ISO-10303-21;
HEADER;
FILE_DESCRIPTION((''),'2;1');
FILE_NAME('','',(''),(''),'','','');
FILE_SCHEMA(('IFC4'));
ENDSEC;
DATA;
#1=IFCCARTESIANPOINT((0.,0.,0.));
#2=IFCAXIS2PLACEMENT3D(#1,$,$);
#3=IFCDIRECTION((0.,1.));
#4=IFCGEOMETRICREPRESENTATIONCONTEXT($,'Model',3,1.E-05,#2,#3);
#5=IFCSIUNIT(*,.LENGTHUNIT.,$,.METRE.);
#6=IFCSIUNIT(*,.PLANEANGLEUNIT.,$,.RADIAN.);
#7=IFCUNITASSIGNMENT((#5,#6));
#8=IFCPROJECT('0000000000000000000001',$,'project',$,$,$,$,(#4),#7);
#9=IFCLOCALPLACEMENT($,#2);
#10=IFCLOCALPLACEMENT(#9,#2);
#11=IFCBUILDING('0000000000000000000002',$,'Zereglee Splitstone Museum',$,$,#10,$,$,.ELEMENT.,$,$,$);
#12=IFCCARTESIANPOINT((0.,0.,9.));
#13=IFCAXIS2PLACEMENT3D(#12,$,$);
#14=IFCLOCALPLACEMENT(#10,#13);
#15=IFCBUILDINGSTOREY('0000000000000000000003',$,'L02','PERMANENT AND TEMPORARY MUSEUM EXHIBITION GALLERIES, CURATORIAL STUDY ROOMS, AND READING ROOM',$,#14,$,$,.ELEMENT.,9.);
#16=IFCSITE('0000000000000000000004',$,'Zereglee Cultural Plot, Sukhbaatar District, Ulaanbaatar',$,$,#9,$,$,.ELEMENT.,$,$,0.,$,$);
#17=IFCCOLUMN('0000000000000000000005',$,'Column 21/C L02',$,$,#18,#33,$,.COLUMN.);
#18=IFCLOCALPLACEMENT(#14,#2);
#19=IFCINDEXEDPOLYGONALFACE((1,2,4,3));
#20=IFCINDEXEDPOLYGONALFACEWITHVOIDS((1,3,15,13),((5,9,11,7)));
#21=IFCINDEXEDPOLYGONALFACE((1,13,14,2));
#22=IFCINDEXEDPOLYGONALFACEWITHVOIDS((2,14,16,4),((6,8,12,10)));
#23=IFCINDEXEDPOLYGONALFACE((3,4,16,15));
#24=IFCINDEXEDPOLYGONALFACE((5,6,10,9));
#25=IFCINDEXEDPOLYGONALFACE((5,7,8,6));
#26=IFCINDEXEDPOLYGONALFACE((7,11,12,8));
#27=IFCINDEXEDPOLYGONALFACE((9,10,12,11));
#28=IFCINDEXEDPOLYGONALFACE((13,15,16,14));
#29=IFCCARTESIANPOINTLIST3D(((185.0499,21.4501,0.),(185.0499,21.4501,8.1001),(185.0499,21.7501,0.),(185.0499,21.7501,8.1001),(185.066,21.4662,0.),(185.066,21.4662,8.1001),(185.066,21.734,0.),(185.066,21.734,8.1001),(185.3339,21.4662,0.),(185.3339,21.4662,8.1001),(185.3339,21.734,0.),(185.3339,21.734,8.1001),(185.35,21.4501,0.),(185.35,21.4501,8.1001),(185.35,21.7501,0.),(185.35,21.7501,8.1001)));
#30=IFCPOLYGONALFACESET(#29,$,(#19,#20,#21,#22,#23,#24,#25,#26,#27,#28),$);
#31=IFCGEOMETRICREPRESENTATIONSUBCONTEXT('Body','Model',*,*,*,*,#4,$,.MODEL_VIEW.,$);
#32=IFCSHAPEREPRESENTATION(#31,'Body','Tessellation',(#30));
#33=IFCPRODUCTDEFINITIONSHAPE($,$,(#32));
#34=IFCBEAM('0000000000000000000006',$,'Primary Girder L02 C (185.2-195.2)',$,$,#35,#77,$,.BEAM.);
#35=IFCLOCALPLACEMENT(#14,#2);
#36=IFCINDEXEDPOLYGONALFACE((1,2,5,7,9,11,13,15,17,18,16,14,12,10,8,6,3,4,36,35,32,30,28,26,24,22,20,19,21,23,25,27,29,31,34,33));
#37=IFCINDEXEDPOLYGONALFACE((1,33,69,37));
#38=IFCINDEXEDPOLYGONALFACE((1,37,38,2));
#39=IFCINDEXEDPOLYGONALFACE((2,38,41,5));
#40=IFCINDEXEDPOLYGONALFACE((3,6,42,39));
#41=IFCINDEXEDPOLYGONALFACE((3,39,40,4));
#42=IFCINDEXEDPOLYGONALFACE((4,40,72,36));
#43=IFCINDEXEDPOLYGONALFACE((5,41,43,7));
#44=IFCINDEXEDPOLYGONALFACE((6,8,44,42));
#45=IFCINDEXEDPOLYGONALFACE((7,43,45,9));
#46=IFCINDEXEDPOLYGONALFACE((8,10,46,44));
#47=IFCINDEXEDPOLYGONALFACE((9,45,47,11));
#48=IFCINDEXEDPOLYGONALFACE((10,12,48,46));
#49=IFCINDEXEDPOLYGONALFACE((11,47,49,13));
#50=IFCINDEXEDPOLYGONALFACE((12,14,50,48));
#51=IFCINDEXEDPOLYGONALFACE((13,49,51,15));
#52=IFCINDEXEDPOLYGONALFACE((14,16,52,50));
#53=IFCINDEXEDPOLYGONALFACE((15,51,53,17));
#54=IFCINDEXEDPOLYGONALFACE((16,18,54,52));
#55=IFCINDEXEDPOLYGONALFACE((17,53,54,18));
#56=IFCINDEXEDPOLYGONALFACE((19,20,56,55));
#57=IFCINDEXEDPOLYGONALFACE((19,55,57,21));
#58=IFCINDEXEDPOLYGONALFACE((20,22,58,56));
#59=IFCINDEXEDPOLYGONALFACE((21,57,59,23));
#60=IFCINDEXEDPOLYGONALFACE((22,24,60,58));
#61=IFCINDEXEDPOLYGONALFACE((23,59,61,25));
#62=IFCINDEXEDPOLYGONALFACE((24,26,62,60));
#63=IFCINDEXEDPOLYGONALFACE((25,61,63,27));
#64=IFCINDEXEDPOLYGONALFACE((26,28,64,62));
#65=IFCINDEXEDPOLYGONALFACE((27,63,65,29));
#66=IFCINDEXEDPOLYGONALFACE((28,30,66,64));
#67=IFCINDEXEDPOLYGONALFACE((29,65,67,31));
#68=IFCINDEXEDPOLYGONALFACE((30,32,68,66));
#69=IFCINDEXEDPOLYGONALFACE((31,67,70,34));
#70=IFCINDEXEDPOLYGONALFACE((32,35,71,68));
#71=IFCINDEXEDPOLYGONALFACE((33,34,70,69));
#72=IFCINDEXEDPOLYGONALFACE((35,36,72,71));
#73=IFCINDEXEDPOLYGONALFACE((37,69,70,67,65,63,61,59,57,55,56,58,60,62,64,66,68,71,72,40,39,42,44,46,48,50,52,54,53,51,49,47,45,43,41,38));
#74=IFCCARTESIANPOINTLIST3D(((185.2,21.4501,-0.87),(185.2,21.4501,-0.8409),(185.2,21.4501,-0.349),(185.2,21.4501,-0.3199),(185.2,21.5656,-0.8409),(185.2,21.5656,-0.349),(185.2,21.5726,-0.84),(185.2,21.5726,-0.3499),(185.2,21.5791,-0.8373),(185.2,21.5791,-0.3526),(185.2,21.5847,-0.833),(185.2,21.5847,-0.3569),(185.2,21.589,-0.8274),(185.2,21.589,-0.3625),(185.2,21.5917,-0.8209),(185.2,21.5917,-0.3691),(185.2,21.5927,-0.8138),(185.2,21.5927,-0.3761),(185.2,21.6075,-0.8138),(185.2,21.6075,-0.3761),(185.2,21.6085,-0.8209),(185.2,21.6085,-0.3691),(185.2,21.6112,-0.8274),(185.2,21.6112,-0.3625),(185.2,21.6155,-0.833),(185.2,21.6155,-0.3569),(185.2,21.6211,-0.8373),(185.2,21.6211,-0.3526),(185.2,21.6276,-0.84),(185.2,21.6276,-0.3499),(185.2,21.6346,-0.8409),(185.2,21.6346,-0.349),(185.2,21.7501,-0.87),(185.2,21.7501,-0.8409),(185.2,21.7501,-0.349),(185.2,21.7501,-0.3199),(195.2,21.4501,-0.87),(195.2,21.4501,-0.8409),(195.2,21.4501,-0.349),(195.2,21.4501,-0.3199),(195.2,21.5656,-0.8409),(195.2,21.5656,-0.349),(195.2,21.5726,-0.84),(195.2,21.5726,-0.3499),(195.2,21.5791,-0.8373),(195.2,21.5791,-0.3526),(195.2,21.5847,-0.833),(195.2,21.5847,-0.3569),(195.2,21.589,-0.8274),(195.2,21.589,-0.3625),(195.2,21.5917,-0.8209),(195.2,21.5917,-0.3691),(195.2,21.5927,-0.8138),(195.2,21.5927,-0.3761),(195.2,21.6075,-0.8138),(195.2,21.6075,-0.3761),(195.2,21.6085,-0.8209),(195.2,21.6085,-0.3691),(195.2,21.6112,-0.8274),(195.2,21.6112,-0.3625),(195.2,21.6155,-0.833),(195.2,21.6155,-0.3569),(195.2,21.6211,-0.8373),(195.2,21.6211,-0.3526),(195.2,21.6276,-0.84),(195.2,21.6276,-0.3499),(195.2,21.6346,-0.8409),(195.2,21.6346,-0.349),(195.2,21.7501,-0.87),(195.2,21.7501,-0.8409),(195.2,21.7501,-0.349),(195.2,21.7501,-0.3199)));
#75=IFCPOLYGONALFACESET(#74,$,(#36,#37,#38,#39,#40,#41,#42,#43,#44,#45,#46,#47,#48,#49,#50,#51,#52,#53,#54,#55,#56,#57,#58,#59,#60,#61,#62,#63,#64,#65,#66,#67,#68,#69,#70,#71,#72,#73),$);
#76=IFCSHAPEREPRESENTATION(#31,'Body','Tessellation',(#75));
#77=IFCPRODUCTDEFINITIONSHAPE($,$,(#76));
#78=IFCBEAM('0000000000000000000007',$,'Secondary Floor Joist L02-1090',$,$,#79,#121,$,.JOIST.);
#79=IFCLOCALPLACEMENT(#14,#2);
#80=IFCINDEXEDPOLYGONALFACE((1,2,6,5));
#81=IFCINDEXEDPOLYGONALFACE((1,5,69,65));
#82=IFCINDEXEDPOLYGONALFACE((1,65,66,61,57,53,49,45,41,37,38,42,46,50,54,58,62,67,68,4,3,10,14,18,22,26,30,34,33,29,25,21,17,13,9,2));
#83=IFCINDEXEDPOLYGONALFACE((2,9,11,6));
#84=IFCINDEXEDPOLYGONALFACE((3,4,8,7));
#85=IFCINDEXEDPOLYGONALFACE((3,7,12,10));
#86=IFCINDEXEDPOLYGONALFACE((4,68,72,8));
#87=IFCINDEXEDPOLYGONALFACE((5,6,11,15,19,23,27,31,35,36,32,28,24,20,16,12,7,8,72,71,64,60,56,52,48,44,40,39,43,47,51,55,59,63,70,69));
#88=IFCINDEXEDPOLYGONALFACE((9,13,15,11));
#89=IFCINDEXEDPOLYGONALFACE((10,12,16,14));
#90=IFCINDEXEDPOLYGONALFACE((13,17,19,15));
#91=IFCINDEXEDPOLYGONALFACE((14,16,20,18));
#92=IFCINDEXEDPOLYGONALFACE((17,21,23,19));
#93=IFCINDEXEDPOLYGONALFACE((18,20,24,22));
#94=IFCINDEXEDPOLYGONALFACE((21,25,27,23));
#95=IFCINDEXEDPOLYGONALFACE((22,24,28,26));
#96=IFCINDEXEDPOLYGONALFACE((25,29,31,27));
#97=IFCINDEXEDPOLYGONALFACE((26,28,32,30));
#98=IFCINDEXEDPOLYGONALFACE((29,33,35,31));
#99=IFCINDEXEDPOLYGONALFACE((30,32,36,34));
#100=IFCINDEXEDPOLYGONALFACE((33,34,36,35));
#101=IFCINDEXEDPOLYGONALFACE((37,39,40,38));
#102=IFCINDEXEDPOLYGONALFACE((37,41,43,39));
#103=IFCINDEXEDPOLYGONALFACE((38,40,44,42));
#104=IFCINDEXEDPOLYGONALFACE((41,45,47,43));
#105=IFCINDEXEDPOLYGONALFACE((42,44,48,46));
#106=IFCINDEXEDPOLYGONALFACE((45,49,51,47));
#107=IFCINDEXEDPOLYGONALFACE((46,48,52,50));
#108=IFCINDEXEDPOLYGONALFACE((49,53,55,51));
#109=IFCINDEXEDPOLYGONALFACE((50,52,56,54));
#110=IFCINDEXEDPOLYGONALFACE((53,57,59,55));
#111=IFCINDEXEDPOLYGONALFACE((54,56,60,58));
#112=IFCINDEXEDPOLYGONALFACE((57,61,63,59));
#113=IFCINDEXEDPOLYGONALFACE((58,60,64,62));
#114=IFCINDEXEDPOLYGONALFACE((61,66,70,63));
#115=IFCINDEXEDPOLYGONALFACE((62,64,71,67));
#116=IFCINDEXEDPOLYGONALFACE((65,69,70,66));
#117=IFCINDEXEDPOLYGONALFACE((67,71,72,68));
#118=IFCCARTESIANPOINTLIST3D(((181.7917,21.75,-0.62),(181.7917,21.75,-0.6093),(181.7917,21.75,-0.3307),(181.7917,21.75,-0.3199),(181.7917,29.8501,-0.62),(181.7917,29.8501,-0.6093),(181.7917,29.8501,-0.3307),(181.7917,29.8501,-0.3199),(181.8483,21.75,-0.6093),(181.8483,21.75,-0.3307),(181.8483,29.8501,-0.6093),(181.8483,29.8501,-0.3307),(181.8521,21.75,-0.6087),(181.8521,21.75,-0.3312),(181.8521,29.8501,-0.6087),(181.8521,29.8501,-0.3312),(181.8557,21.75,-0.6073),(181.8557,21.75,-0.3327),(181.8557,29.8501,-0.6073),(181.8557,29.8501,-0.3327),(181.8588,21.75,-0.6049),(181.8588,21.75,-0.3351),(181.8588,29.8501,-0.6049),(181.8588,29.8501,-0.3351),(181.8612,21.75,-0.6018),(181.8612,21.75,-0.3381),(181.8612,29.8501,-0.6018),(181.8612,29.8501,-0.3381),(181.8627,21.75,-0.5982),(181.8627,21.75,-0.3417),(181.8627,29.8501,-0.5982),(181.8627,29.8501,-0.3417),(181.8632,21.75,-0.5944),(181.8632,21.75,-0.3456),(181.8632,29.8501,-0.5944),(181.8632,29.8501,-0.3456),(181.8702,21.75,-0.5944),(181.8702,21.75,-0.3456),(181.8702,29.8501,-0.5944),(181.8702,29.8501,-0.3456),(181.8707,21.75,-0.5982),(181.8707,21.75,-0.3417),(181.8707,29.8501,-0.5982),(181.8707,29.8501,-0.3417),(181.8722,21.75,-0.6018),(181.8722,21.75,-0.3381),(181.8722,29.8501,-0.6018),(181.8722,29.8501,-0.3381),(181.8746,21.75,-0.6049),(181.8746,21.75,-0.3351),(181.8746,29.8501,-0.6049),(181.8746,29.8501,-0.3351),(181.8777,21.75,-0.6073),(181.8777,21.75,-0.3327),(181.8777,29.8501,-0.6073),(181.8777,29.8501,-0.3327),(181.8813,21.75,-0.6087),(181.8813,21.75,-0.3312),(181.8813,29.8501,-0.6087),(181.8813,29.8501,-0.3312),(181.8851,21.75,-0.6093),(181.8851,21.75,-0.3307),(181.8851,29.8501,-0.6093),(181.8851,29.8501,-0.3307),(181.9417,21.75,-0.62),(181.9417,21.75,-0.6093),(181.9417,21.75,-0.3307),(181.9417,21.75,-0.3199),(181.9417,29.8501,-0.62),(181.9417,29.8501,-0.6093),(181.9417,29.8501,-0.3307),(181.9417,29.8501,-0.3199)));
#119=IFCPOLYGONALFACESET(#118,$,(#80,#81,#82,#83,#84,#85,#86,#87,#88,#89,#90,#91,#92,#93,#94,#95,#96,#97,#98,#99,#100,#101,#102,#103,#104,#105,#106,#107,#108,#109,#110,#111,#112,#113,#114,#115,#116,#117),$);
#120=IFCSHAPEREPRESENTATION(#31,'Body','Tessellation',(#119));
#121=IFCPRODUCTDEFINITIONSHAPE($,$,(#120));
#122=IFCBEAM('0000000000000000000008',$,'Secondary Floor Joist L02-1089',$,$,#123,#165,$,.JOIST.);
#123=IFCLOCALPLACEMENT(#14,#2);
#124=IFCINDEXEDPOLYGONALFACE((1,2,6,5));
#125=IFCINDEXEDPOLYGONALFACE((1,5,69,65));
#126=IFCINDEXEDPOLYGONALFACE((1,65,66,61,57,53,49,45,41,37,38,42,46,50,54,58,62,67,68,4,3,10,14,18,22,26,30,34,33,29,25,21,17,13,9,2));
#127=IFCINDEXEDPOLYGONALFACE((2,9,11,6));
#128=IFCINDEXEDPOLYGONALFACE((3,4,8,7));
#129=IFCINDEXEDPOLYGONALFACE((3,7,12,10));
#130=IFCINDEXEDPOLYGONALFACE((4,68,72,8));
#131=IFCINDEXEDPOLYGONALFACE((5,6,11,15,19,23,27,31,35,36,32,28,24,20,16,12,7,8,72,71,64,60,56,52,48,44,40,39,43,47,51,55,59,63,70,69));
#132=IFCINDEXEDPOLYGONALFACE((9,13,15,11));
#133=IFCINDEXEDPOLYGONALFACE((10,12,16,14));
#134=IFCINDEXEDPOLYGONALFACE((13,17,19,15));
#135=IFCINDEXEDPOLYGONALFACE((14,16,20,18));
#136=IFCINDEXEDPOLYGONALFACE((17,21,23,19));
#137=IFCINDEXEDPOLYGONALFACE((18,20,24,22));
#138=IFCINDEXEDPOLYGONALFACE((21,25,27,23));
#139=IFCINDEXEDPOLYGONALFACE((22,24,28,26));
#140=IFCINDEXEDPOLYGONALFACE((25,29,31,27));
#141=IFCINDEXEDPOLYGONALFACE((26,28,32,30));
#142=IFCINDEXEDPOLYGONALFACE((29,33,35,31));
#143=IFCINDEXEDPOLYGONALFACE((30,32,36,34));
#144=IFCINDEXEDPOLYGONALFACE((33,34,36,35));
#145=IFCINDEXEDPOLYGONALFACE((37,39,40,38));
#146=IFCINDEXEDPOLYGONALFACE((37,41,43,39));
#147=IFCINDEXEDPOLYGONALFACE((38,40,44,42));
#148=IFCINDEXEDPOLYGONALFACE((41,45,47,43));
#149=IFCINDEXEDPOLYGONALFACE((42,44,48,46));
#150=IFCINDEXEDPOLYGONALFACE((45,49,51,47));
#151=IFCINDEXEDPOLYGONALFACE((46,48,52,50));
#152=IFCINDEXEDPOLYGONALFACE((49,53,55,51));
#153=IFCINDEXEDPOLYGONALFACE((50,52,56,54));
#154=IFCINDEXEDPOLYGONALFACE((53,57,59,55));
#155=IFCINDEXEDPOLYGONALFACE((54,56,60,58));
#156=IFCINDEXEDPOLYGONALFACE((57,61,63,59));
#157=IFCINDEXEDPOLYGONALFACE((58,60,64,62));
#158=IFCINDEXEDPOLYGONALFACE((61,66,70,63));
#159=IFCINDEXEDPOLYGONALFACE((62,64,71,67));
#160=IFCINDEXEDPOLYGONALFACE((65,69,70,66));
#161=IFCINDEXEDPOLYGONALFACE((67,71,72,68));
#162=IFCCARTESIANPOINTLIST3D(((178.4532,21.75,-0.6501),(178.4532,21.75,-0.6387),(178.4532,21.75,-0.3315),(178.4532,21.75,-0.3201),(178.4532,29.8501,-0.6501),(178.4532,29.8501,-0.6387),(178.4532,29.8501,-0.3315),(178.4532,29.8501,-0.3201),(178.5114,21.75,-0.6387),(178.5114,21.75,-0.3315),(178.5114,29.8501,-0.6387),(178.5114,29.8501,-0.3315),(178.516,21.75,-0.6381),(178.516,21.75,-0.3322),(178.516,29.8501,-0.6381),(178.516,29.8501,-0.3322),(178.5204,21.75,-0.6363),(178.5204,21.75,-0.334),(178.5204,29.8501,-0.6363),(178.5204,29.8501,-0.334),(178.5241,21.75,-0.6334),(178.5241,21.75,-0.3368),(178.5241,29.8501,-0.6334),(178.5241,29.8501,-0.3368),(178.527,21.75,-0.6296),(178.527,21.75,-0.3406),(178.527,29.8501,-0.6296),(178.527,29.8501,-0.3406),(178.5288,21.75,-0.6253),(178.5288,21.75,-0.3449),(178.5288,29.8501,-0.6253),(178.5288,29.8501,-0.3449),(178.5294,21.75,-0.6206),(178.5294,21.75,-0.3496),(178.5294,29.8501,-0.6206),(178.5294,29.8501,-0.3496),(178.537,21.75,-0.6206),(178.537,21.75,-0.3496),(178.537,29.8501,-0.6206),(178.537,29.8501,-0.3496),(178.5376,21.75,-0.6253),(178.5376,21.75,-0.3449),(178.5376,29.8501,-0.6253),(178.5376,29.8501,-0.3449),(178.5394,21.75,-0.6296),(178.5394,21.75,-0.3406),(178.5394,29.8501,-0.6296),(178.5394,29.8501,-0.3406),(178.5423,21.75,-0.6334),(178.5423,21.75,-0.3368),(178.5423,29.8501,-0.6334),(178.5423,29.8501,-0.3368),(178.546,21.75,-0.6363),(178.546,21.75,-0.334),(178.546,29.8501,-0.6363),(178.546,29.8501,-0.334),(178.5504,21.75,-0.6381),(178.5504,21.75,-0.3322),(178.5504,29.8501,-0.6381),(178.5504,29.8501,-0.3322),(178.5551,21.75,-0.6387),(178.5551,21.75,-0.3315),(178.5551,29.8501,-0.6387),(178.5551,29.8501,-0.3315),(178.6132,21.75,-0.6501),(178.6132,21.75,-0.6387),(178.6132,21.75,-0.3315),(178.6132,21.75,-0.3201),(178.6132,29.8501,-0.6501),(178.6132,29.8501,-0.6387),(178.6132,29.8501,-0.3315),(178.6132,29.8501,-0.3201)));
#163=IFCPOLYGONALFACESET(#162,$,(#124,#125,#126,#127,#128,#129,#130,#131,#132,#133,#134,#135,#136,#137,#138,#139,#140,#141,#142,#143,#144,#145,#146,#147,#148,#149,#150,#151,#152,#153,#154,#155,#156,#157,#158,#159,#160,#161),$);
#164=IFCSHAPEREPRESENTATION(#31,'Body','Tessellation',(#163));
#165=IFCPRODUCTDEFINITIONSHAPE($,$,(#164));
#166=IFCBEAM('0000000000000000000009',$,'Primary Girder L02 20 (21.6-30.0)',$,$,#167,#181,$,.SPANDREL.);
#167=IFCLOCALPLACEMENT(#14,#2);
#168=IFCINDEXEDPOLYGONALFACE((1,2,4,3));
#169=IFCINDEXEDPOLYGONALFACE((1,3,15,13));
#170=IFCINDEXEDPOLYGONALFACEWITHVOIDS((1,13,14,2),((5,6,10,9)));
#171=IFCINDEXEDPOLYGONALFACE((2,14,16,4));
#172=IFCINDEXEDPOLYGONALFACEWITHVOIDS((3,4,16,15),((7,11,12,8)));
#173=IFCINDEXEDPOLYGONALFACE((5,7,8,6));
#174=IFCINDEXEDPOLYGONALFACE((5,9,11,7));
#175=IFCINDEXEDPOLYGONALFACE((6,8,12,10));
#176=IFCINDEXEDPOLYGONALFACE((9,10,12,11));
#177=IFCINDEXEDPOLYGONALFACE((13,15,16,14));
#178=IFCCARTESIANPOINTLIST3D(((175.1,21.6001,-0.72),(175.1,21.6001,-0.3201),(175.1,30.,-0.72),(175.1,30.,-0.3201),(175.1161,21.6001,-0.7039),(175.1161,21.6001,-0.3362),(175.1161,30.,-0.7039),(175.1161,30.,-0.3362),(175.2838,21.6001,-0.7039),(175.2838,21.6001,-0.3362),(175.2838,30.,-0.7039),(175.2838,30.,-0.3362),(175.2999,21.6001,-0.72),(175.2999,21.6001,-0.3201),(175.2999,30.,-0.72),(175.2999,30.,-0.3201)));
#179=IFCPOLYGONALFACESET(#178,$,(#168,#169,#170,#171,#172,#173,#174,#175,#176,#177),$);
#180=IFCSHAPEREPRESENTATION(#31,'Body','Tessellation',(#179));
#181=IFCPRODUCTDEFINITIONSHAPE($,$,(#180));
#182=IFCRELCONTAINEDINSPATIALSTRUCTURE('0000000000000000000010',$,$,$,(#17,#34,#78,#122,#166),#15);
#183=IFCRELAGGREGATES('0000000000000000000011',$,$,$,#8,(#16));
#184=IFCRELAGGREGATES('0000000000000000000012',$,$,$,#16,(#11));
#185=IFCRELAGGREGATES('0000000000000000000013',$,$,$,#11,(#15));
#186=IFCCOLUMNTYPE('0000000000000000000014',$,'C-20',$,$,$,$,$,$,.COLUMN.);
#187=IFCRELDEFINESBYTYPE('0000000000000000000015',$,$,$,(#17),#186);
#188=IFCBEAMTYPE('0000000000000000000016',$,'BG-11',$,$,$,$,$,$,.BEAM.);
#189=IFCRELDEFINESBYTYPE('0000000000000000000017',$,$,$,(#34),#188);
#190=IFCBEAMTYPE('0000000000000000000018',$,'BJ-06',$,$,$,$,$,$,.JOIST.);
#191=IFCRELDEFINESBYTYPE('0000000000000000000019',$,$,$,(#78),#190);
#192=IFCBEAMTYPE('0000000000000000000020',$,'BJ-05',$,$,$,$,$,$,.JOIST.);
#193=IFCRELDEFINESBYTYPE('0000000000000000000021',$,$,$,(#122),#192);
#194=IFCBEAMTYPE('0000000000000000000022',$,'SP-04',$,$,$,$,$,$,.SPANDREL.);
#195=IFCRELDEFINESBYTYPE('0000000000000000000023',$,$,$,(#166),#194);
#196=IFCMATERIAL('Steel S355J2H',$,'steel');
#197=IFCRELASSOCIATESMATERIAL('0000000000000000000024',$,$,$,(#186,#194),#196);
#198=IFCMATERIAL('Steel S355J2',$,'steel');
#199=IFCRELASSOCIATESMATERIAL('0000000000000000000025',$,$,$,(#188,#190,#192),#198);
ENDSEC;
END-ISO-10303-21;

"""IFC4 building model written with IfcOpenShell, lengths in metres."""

from ifc_helpers import new_model, si_unit, direction, frame, origin, origin_2d, place, context, subcontext, project, spatial, hollow_rectangle, i_section, extrude, material, material_profile, profile_set, type_object, element, save


model = new_model("IFC4")

# Units and contexts
model_context = context("Model", 3, precision=1e-05, world=origin(), true_north=direction((0.0, 1.0)))
body_context = subcontext(model_context, "Body", "Model", "MODEL_VIEW")
ifc_project = project(units=[si_unit("LENGTHUNIT", "METRE"), si_unit("PLANEANGLEUNIT", "RADIAN")], contexts=[model_context])

# Site, building, storey
site_placement = place(None, origin())
site = spatial("IfcSite", under=ifc_project, at=site_placement, Name="Zereglee Cultural Plot, Sukhbaatar District, Ulaanbaatar", CompositionType="ELEMENT", RefElevation=0.0)
building_placement = place(site_placement, origin())
building = spatial("IfcBuilding", under=site, at=building_placement, Name="Zereglee Splitstone Museum", CompositionType="ELEMENT")
storey_placement = place(building_placement, frame((0.0, 0.0, 9.0)))
storey = spatial("IfcBuildingStorey", under=building, at=storey_placement, Name="L02", Description="PERMANENT AND TEMPORARY MUSEUM EXHIBITION GALLERIES, CURATORIAL STUDY ROOMS, AND READING ROOM", CompositionType="ELEMENT", Elevation=9.0)

# Column
ifc_material_1 = material(Name="Steel S355J2H", Category="steel")
ifc_material_profile_1 = material_profile(ifc_material_1, hollow_rectangle(XDim=0.3, YDim=0.3, WallThickness=0.0161, at=origin_2d()), Name="SHS 300x300x16")
ifc_profile_set_1 = profile_set([ifc_material_profile_1], Name="Steel S355J2H")
column_type = type_object("IfcColumnType", Name="C-20", PredefinedType="COLUMN", material=ifc_profile_set_1)
column_placement = place(storey_placement, frame((185.2, 21.6001, 0.0), z_axis=(0.0, 0.0, 1.0), x_axis=(1.0, 0.0, 0.0)))
element("IfcColumn", 1, at=column_placement, inside=storey, type_object=column_type, Name="Column 21/C L02", PredefinedType="COLUMN", context=body_context, shape_type="SweptSolid", body=[
    extrude(hollow_rectangle(XDim=0.3, YDim=0.3, WallThickness=0.0161, at=origin_2d()), origin(), (0.0, 0.0, 1.0), 8.1001),
])

# Beams
ifc_material_2 = material(Name="Steel S355J2", Category="steel")
ifc_material_profile_2 = material_profile(ifc_material_2, i_section(OverallWidth=0.3, OverallDepth=0.55, WebThickness=0.0149, FlangeThickness=0.0291, FilletRadius=0.0271, at=origin_2d()), Name="HE 550 B")
ifc_profile_set_2 = profile_set([ifc_material_profile_2], Name="Steel S355J2")
beam_type_1 = type_object("IfcBeamType", Name="BG-11", PredefinedType="BEAM", material=ifc_profile_set_2)
beam_1_placement = place(storey_placement, frame((185.2, 21.6001, -0.595), z_axis=(1.0, 0.0, 0.0), x_axis=(0.0, 1.0, 0.0)))
element("IfcBeam", 2, at=beam_1_placement, inside=storey, type_object=beam_type_1, Name="Primary Girder L02 C (185.2-195.2)", PredefinedType="BEAM", context=body_context, shape_type="SweptSolid", body=[
    extrude(i_section(OverallWidth=0.3, OverallDepth=0.55, WebThickness=0.0149, FlangeThickness=0.0291, FilletRadius=0.0271, at=origin_2d()), origin(), (0.0, 0.0, 1.0), 10.0),
])
ifc_material_profile_3 = material_profile(ifc_material_2, i_section(OverallWidth=0.1499, OverallDepth=0.3, WebThickness=0.0071, FlangeThickness=0.0107, FilletRadius=0.0149, at=origin_2d()), Name="IPE 300")
ifc_profile_set_3 = profile_set([ifc_material_profile_3], Name="Steel S355J2")
beam_type_2 = type_object("IfcBeamType", Name="BJ-06", PredefinedType="JOIST", material=ifc_profile_set_3)
beam_2_placement = place(storey_placement, frame((181.8667, 21.75, -0.47), z_axis=(0.0, 1.0, 0.0), x_axis=(-1.0, 0.0, 0.0)))
element("IfcBeam", 3, at=beam_2_placement, inside=storey, type_object=beam_type_2, Name="Secondary Floor Joist L02-1090", PredefinedType="JOIST", context=body_context, shape_type="SweptSolid", body=[
    extrude(i_section(OverallWidth=0.1499, OverallDepth=0.3, WebThickness=0.0071, FlangeThickness=0.0107, FilletRadius=0.0149, at=origin_2d()), origin(), (0.0, 0.0, 1.0), 8.1001),
])
ifc_material_profile_4 = material_profile(ifc_material_2, i_section(OverallWidth=0.1599, OverallDepth=0.3301, WebThickness=0.0076, FlangeThickness=0.0115, FilletRadius=0.0181, at=origin_2d()), Name="IPE 330")
ifc_profile_set_4 = profile_set([ifc_material_profile_4], Name="Steel S355J2")
beam_type_3 = type_object("IfcBeamType", Name="BJ-05", PredefinedType="JOIST", material=ifc_profile_set_4)
beam_3_placement = place(storey_placement, frame((178.5332, 21.75, -0.4851), z_axis=(0.0, 1.0, 0.0), x_axis=(-1.0, 0.0, 0.0)))
element("IfcBeam", 4, at=beam_3_placement, inside=storey, type_object=beam_type_3, Name="Secondary Floor Joist L02-1089", PredefinedType="JOIST", context=body_context, shape_type="SweptSolid", body=[
    extrude(i_section(OverallWidth=0.1599, OverallDepth=0.3301, WebThickness=0.0076, FlangeThickness=0.0115, FilletRadius=0.0181, at=origin_2d()), origin(), (0.0, 0.0, 1.0), 8.1001),
])
ifc_material_profile_5 = material_profile(ifc_material_1, hollow_rectangle(XDim=0.2, YDim=0.3999, WallThickness=0.0161, at=origin_2d()), Name="RHS 400x200x16")
ifc_profile_set_5 = profile_set([ifc_material_profile_5], Name="Steel S355J2H")
beam_type_4 = type_object("IfcBeamType", Name="SP-04", PredefinedType="SPANDREL", material=ifc_profile_set_5)
beam_4_placement = place(storey_placement, frame((175.2, 21.6001, -0.52), z_axis=(0.0, 1.0, 0.0), x_axis=(-1.0, 0.0, 0.0)))
element("IfcBeam", 5, at=beam_4_placement, inside=storey, type_object=beam_type_4, Name="Primary Girder L02 20 (21.6-30.0)", PredefinedType="SPANDREL", context=body_context, shape_type="SweptSolid", body=[
    extrude(hollow_rectangle(XDim=0.2, YDim=0.3999, WallThickness=0.0161, at=origin_2d()), origin(), (0.0, 0.0, 1.0), 8.3999),
])

save(model, "model.ifc")
